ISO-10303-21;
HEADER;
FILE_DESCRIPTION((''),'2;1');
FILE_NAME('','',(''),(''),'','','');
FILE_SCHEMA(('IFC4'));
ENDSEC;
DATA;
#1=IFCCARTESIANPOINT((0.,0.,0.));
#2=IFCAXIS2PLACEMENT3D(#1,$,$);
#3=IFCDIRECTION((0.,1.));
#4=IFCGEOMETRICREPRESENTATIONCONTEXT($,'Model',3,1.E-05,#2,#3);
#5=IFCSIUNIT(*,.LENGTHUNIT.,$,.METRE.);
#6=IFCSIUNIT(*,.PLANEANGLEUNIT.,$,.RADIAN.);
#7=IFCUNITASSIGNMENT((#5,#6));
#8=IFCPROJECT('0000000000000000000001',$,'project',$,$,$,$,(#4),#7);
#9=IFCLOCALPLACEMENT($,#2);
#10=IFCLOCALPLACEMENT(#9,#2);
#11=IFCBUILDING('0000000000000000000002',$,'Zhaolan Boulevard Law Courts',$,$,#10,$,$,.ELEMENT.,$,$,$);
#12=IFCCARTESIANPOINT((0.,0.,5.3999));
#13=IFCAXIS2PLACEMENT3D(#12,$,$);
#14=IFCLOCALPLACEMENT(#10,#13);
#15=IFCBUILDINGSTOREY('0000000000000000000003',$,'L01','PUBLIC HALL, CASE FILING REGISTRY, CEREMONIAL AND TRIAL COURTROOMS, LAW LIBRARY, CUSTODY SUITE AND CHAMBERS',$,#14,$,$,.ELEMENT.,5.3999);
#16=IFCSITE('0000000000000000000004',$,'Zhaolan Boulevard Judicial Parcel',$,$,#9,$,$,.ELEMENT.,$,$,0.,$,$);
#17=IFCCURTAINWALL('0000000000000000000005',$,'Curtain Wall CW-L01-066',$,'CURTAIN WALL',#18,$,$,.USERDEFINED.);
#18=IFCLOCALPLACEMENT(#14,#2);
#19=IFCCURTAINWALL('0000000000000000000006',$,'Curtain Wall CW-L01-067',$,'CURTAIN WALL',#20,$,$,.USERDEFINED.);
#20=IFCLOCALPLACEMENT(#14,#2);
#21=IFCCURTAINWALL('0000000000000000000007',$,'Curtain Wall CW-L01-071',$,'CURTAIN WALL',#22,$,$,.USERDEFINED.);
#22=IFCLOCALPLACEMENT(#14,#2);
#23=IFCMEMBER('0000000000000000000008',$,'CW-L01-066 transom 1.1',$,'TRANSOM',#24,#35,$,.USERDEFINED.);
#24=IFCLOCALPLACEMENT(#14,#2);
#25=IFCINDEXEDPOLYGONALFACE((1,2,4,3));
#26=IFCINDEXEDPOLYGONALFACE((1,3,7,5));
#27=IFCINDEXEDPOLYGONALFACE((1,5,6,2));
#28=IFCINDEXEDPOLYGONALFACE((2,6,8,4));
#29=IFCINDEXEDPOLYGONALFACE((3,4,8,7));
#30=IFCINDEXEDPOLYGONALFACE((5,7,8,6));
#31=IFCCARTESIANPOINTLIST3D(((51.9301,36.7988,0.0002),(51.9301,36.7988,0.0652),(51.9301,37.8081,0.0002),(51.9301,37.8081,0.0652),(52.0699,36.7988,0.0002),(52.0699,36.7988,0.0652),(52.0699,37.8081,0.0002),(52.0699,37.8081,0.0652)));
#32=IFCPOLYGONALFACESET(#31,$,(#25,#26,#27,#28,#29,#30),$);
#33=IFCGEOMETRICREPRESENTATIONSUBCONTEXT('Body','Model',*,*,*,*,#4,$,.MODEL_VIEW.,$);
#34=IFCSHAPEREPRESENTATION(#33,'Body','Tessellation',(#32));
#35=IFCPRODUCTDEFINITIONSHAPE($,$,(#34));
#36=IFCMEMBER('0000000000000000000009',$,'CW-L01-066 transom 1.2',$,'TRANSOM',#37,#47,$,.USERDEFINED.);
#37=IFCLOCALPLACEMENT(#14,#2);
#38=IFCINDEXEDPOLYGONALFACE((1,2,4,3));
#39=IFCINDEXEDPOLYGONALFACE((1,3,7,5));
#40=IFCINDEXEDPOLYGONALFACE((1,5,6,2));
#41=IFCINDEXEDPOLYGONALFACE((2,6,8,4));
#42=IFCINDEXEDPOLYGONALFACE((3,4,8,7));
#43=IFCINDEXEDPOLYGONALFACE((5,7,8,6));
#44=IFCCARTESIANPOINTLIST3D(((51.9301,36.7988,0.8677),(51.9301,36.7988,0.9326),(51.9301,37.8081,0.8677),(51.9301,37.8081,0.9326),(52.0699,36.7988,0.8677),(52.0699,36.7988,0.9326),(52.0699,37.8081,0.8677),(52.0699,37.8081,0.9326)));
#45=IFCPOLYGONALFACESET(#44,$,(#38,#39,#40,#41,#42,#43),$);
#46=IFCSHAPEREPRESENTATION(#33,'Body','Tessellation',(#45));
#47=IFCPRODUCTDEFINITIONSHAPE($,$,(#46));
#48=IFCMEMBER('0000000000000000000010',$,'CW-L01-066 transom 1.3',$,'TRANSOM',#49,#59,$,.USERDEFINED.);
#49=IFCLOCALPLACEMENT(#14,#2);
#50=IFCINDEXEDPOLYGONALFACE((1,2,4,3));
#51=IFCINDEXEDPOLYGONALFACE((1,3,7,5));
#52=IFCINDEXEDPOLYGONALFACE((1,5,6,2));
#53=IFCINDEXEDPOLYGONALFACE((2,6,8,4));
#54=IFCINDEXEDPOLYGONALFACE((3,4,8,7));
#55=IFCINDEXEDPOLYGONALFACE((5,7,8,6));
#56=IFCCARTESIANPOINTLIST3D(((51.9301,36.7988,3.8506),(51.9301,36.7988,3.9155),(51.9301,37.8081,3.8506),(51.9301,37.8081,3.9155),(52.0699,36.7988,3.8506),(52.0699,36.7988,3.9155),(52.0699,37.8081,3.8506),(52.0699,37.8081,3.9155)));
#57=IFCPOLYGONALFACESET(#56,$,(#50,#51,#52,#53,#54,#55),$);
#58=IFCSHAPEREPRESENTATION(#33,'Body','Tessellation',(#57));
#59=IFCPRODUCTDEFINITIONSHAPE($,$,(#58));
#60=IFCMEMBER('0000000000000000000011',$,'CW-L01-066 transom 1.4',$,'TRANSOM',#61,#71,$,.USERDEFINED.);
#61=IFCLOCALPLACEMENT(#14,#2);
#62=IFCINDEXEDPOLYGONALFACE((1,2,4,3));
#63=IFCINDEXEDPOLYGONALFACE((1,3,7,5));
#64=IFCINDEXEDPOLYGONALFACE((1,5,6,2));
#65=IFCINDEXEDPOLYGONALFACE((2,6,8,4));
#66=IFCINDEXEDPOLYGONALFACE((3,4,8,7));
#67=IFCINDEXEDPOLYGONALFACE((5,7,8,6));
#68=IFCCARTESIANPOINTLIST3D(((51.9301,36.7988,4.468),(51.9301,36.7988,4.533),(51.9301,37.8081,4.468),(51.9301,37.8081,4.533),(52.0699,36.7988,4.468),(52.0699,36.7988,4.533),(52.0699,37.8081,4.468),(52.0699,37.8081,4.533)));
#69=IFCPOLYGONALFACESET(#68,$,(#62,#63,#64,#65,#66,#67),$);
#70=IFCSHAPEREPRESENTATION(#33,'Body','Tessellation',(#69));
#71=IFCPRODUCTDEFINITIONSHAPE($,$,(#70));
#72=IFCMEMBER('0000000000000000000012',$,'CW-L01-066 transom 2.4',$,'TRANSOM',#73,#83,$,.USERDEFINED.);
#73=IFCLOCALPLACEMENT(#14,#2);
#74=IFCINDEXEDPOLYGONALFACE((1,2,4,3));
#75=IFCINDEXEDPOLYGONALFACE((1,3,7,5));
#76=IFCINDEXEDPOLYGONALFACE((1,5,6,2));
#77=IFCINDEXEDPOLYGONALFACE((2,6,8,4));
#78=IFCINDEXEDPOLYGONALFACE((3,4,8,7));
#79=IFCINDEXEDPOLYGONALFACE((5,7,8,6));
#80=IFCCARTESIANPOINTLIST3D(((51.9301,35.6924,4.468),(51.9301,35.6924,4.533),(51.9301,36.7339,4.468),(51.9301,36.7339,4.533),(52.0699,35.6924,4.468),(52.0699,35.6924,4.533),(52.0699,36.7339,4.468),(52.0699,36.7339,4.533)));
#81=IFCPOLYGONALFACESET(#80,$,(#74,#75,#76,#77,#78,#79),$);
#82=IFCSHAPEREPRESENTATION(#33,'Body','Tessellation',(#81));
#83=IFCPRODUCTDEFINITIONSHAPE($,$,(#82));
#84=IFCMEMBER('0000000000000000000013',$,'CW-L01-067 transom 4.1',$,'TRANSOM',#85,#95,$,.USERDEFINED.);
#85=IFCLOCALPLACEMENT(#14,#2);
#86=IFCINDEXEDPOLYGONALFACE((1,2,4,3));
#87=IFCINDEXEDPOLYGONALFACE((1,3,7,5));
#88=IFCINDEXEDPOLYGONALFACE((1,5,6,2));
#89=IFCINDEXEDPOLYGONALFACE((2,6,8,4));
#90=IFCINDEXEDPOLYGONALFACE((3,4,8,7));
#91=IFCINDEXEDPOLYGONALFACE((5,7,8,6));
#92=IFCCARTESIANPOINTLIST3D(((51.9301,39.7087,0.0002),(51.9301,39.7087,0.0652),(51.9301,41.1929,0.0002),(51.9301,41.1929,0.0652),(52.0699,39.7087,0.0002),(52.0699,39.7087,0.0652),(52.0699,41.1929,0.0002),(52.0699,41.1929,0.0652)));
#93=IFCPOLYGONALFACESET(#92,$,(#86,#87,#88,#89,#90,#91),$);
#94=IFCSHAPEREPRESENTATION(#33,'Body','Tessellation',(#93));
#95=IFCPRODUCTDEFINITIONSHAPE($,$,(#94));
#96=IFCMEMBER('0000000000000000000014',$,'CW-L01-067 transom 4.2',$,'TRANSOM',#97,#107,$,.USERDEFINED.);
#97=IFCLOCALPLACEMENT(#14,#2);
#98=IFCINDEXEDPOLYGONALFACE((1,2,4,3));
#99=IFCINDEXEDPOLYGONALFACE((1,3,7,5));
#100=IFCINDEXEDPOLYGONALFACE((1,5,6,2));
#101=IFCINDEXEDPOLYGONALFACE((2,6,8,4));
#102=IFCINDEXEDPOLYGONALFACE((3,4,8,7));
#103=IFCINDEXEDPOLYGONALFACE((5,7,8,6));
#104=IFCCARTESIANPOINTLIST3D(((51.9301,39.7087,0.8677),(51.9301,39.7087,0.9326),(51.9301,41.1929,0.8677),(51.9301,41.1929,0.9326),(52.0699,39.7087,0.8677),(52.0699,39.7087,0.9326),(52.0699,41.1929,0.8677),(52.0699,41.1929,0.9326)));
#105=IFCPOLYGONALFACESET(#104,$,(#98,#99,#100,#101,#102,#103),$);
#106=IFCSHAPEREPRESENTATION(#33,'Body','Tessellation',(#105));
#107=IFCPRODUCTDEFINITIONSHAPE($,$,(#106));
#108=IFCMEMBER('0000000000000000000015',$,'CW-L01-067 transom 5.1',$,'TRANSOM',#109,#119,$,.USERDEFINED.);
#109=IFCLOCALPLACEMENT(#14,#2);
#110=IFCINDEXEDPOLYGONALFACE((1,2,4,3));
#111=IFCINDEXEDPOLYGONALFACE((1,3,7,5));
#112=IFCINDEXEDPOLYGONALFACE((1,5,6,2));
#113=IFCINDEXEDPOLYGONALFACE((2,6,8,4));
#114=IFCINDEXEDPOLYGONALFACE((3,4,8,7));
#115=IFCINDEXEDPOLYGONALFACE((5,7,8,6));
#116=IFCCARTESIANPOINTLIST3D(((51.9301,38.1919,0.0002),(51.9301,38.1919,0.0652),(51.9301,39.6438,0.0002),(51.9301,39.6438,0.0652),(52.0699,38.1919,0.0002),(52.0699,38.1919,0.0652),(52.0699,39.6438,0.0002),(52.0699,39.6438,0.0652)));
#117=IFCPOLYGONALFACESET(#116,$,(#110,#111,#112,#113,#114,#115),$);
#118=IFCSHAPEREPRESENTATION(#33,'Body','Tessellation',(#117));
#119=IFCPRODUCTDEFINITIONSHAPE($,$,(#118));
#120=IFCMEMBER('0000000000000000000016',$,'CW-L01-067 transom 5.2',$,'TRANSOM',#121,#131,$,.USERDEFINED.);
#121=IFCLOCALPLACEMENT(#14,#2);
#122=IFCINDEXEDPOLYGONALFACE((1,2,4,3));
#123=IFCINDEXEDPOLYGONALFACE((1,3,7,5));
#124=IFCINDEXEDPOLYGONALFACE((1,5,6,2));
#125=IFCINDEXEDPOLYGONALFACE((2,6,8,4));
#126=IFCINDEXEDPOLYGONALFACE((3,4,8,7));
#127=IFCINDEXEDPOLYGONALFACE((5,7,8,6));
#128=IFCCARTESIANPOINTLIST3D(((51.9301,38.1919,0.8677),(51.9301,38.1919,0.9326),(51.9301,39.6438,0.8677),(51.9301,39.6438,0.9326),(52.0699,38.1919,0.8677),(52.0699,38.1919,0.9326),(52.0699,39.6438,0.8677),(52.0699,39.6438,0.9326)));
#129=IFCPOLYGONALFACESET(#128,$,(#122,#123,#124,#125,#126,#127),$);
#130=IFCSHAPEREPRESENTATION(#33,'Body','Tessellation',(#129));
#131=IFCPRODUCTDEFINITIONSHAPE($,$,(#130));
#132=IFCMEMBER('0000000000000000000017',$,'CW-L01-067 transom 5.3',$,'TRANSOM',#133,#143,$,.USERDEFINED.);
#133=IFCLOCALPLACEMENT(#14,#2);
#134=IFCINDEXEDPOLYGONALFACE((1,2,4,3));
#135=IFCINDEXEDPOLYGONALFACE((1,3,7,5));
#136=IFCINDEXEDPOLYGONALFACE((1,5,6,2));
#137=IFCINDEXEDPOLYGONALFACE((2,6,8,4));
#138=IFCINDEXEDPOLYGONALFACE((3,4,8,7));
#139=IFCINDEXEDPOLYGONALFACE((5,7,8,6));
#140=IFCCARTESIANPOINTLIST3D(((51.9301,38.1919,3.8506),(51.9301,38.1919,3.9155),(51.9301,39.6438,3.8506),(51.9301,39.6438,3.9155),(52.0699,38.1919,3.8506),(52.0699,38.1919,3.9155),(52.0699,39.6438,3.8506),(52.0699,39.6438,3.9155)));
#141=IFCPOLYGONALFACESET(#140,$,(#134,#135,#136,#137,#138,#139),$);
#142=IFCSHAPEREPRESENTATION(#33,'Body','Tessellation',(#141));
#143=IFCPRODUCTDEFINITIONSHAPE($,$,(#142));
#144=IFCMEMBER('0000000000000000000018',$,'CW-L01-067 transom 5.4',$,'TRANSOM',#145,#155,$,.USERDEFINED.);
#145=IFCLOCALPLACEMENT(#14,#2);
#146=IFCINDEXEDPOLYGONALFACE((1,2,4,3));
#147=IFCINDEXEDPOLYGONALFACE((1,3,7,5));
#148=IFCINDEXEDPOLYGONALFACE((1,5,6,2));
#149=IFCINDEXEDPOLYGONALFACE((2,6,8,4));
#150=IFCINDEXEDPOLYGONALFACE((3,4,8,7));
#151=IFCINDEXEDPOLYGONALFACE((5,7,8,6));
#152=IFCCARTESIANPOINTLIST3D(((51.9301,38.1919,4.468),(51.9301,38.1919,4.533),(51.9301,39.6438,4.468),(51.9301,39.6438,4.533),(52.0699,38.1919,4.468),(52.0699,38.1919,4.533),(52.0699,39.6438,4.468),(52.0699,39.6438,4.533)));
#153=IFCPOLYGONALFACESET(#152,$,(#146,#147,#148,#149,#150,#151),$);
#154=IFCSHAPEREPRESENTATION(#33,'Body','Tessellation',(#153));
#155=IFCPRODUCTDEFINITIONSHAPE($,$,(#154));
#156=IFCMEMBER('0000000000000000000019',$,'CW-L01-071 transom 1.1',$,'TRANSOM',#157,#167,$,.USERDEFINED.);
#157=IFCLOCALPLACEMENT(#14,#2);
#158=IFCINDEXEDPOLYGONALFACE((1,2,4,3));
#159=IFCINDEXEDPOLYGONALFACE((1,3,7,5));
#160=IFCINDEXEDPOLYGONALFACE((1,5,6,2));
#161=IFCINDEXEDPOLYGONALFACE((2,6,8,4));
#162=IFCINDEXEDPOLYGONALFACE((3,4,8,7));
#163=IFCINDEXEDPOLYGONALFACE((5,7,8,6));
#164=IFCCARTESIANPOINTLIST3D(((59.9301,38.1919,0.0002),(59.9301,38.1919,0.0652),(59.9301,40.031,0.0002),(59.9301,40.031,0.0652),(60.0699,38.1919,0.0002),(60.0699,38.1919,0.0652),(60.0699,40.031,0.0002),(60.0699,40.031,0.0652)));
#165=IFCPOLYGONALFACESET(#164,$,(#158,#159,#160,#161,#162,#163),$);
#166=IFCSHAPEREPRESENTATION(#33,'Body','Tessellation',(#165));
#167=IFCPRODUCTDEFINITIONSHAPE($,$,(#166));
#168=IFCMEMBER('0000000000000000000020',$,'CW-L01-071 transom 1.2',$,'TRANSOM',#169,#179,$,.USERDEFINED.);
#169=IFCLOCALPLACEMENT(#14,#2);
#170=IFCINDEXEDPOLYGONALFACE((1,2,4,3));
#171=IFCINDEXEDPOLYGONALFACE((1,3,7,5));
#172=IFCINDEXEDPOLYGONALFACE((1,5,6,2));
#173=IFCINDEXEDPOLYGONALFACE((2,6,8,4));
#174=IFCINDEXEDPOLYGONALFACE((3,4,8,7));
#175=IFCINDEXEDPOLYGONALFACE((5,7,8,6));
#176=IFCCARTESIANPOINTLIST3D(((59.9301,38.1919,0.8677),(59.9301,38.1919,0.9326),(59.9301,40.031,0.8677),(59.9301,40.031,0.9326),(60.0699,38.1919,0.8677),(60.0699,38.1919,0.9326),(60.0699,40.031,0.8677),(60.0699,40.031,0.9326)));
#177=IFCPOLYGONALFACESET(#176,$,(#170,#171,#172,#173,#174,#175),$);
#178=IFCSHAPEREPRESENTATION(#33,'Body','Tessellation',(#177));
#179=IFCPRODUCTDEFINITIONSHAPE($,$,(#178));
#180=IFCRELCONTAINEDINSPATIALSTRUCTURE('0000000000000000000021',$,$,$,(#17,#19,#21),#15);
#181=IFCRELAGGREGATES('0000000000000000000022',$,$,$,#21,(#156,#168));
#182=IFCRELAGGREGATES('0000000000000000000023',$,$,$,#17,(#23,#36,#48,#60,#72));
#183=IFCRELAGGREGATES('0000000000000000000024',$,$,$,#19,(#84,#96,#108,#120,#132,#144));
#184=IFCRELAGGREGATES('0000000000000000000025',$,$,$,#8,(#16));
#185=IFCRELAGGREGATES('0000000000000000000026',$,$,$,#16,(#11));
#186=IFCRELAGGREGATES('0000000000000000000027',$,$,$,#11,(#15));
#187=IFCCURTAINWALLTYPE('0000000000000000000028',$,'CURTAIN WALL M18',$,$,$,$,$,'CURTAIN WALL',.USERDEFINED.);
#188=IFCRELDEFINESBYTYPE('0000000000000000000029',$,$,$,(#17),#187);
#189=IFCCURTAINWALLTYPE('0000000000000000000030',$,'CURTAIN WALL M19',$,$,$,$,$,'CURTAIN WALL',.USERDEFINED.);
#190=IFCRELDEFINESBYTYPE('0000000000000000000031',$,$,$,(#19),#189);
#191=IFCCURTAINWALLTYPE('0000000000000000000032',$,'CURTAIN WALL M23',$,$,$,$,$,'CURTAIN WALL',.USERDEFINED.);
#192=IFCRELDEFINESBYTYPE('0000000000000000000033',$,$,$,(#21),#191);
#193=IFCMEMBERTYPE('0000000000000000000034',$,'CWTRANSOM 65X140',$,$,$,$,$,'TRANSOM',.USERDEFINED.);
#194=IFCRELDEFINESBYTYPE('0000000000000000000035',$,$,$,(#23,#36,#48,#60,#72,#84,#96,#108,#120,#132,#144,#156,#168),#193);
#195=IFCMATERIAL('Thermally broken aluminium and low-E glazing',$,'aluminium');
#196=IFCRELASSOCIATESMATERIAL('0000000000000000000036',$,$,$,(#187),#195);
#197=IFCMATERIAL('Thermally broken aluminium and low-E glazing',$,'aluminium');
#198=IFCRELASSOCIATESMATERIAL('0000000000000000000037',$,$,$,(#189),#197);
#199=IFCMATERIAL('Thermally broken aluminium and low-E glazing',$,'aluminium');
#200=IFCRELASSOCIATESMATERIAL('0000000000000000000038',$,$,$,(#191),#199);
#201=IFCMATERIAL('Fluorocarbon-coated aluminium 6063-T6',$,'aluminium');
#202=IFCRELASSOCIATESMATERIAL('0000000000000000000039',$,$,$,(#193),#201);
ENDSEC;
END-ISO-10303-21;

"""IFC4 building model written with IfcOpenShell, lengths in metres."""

from ifc_helpers import new_model, si_unit, direction, frame, origin, origin_2d, place, context, subcontext, project, spatial, rectangle, extrude, material, material_profile, profile_set, type_object, element, aggregate, save


model = new_model("IFC4")

# Units and contexts
model_context = context("Model", 3, precision=1e-05, world=origin(), true_north=direction((0.0, 1.0)))
body_context = subcontext(model_context, "Body", "Model", "MODEL_VIEW")
ifc_project = project(units=[si_unit("LENGTHUNIT", "METRE"), si_unit("PLANEANGLEUNIT", "RADIAN")], contexts=[model_context])

# Site, building, storey
site_placement = place(None, origin())
site = spatial("IfcSite", under=ifc_project, at=site_placement, Name="Zhaolan Boulevard Judicial Parcel", CompositionType="ELEMENT", RefElevation=0.0)
building_placement = place(site_placement, origin())
building = spatial("IfcBuilding", under=site, at=building_placement, Name="Zhaolan Boulevard Law Courts", CompositionType="ELEMENT")
storey_placement = place(building_placement, frame((0.0, 0.0, 5.3999)))
storey = spatial("IfcBuildingStorey", under=building, at=storey_placement, Name="L01", Description="PUBLIC HALL, CASE FILING REGISTRY, CEREMONIAL AND TRIAL COURTROOMS, LAW LIBRARY, CUSTODY SUITE AND CHAMBERS", CompositionType="ELEMENT", Elevation=5.3999)

# Curtain walls
ifc_material_1 = material(Name="Thermally broken aluminium and low-E glazing", Category="aluminium")
curtain_wall_type_1 = type_object("IfcCurtainWallType", Name="CURTAIN WALL M18", ElementType="CURTAIN WALL", PredefinedType="USERDEFINED", material=ifc_material_1)
curtain_wall_1_placement = place(storey_placement, origin())
curtain_wall_1 = element("IfcCurtainWall", 1, at=curtain_wall_1_placement, inside=storey, type_object=curtain_wall_type_1, Name="Curtain Wall CW-L01-066", ObjectType="CURTAIN WALL", PredefinedType="USERDEFINED")
ifc_material_2 = material(Name="Thermally broken aluminium and low-E glazing", Category="aluminium")
curtain_wall_type_2 = type_object("IfcCurtainWallType", Name="CURTAIN WALL M19", ElementType="CURTAIN WALL", PredefinedType="USERDEFINED", material=ifc_material_2)
curtain_wall_2_placement = place(storey_placement, origin())
curtain_wall_2 = element("IfcCurtainWall", 2, at=curtain_wall_2_placement, inside=storey, type_object=curtain_wall_type_2, Name="Curtain Wall CW-L01-067", ObjectType="CURTAIN WALL", PredefinedType="USERDEFINED")

# Curtain wall
ifc_material_3 = material(Name="Thermally broken aluminium and low-E glazing", Category="aluminium")
curtain_wall_type_3 = type_object("IfcCurtainWallType", Name="CURTAIN WALL M23", ElementType="CURTAIN WALL", PredefinedType="USERDEFINED", material=ifc_material_3)
curtain_wall_3_placement = place(storey_placement, origin())
curtain_wall_3 = element("IfcCurtainWall", 3, at=curtain_wall_3_placement, inside=storey, type_object=curtain_wall_type_3, Name="Curtain Wall CW-L01-071", ObjectType="CURTAIN WALL", PredefinedType="USERDEFINED")

# Members
ifc_material_4 = material(Name="Fluorocarbon-coated aluminium 6063-T6", Category="aluminium")
ifc_material_profile_1 = material_profile(ifc_material_4, rectangle(XDim=0.1399, YDim=0.0649, at=origin_2d()), Name="AL65x140")
ifc_profile_set_1 = profile_set([ifc_material_profile_1], Name="Fluorocarbon-coated aluminium 6063-T6")
member_type_1 = type_object("IfcMemberType", Name="CWTRANSOM 65X140", ElementType="TRANSOM", PredefinedType="USERDEFINED", material=ifc_profile_set_1)
member_1_placement = place(storey_placement, frame((52.0, 37.8081, 0.0327), z_axis=(0.0, -1.0, 0.0), x_axis=(1.0, 0.0, 0.0)))
member_1 = element("IfcMember", 4, at=member_1_placement, type_object=member_type_1, Name="CW-L01-066 transom 1.1", ObjectType="TRANSOM", PredefinedType="USERDEFINED", context=body_context, shape_type="SweptSolid", body=[
    extrude(rectangle(XDim=0.1399, YDim=0.0649, at=origin_2d()), origin(), (0.0, 0.0, 1.0), 1.0093),
])
member_2_placement = place(storey_placement, frame((52.0, 37.8081, 0.9001), z_axis=(0.0, -1.0, 0.0), x_axis=(1.0, 0.0, 0.0)))
member_2 = element("IfcMember", 5, at=member_2_placement, type_object=member_type_1, Name="CW-L01-066 transom 1.2", ObjectType="TRANSOM", PredefinedType="USERDEFINED", context=body_context, shape_type="SweptSolid", body=[
    extrude(rectangle(XDim=0.1399, YDim=0.0649, at=origin_2d()), origin(), (0.0, 0.0, 1.0), 1.0093),
])
member_3_placement = place(storey_placement, frame((52.0, 37.8081, 3.8831), z_axis=(0.0, -1.0, 0.0), x_axis=(1.0, 0.0, 0.0)))
member_3 = element("IfcMember", 6, at=member_3_placement, type_object=member_type_1, Name="CW-L01-066 transom 1.3", ObjectType="TRANSOM", PredefinedType="USERDEFINED", context=body_context, shape_type="SweptSolid", body=[
    extrude(rectangle(XDim=0.1399, YDim=0.0649, at=origin_2d()), origin(), (0.0, 0.0, 1.0), 1.0093),
])
member_4_placement = place(storey_placement, frame((52.0, 37.8081, 4.5005), z_axis=(0.0, -1.0, 0.0), x_axis=(1.0, 0.0, 0.0)))
member_4 = element("IfcMember", 7, at=member_4_placement, type_object=member_type_1, Name="CW-L01-066 transom 1.4", ObjectType="TRANSOM", PredefinedType="USERDEFINED", context=body_context, shape_type="SweptSolid", body=[
    extrude(rectangle(XDim=0.1399, YDim=0.0649, at=origin_2d()), origin(), (0.0, 0.0, 1.0), 1.0093),
])
member_5_placement = place(storey_placement, frame((52.0, 36.7339, 4.5005), z_axis=(0.0, -1.0, 0.0), x_axis=(1.0, 0.0, 0.0)))
member_5 = element("IfcMember", 8, at=member_5_placement, type_object=member_type_1, Name="CW-L01-066 transom 2.4", ObjectType="TRANSOM", PredefinedType="USERDEFINED", context=body_context, shape_type="SweptSolid", body=[
    extrude(rectangle(XDim=0.1399, YDim=0.0649, at=origin_2d()), origin(), (0.0, 0.0, 1.0), 1.0415),
])
member_6_placement = place(storey_placement, frame((52.0, 41.1929, 0.0327), z_axis=(0.0, -1.0, 0.0), x_axis=(1.0, 0.0, 0.0)))
member_6 = element("IfcMember", 9, at=member_6_placement, type_object=member_type_1, Name="CW-L01-067 transom 4.1", ObjectType="TRANSOM", PredefinedType="USERDEFINED", context=body_context, shape_type="SweptSolid", body=[
    extrude(rectangle(XDim=0.1399, YDim=0.0649, at=origin_2d()), origin(), (0.0, 0.0, 1.0), 1.4841),
])
member_7_placement = place(storey_placement, frame((52.0, 41.1929, 0.9001), z_axis=(0.0, -1.0, 0.0), x_axis=(1.0, 0.0, 0.0)))
member_7 = element("IfcMember", 10, at=member_7_placement, type_object=member_type_1, Name="CW-L01-067 transom 4.2", ObjectType="TRANSOM", PredefinedType="USERDEFINED", context=body_context, shape_type="SweptSolid", body=[
    extrude(rectangle(XDim=0.1399, YDim=0.0649, at=origin_2d()), origin(), (0.0, 0.0, 1.0), 1.4841),
])
member_8_placement = place(storey_placement, frame((52.0, 39.6438, 0.0327), z_axis=(0.0, -1.0, 0.0), x_axis=(1.0, 0.0, 0.0)))
member_8 = element("IfcMember", 11, at=member_8_placement, type_object=member_type_1, Name="CW-L01-067 transom 5.1", ObjectType="TRANSOM", PredefinedType="USERDEFINED", context=body_context, shape_type="SweptSolid", body=[
    extrude(rectangle(XDim=0.1399, YDim=0.0649, at=origin_2d()), origin(), (0.0, 0.0, 1.0), 1.4519),
])
member_9_placement = place(storey_placement, frame((52.0, 39.6438, 0.9001), z_axis=(0.0, -1.0, 0.0), x_axis=(1.0, 0.0, 0.0)))
member_9 = element("IfcMember", 12, at=member_9_placement, type_object=member_type_1, Name="CW-L01-067 transom 5.2", ObjectType="TRANSOM", PredefinedType="USERDEFINED", context=body_context, shape_type="SweptSolid", body=[
    extrude(rectangle(XDim=0.1399, YDim=0.0649, at=origin_2d()), origin(), (0.0, 0.0, 1.0), 1.4519),
])
member_10_placement = place(storey_placement, frame((52.0, 39.6438, 3.8831), z_axis=(0.0, -1.0, 0.0), x_axis=(1.0, 0.0, 0.0)))
member_10 = element("IfcMember", 13, at=member_10_placement, type_object=member_type_1, Name="CW-L01-067 transom 5.3", ObjectType="TRANSOM", PredefinedType="USERDEFINED", context=body_context, shape_type="SweptSolid", body=[
    extrude(rectangle(XDim=0.1399, YDim=0.0649, at=origin_2d()), origin(), (0.0, 0.0, 1.0), 1.4519),
])
member_11_placement = place(storey_placement, frame((52.0, 39.6438, 4.5005), z_axis=(0.0, -1.0, 0.0), x_axis=(1.0, 0.0, 0.0)))
member_11 = element("IfcMember", 14, at=member_11_placement, type_object=member_type_1, Name="CW-L01-067 transom 5.4", ObjectType="TRANSOM", PredefinedType="USERDEFINED", context=body_context, shape_type="SweptSolid", body=[
    extrude(rectangle(XDim=0.1399, YDim=0.0649, at=origin_2d()), origin(), (0.0, 0.0, 1.0), 1.4519),
])
member_12_placement = place(storey_placement, frame((60.0, 38.1919, 0.0327), z_axis=(0.0, 1.0, 0.0), x_axis=(-1.0, 0.0, 0.0)))
member_12 = element("IfcMember", 15, at=member_12_placement, type_object=member_type_1, Name="CW-L01-071 transom 1.1", ObjectType="TRANSOM", PredefinedType="USERDEFINED", context=body_context, shape_type="SweptSolid", body=[
    extrude(rectangle(XDim=0.1399, YDim=0.0649, at=origin_2d()), origin(), (0.0, 0.0, 1.0), 1.8391),
])
member_13_placement = place(storey_placement, frame((60.0, 38.1919, 0.9001), z_axis=(0.0, 1.0, 0.0), x_axis=(-1.0, 0.0, 0.0)))
member_13 = element("IfcMember", 16, at=member_13_placement, type_object=member_type_1, Name="CW-L01-071 transom 1.2", ObjectType="TRANSOM", PredefinedType="USERDEFINED", context=body_context, shape_type="SweptSolid", body=[
    extrude(rectangle(XDim=0.1399, YDim=0.0649, at=origin_2d()), origin(), (0.0, 0.0, 1.0), 1.8391),
])
aggregate(curtain_wall_3, [member_12, member_13])

aggregate(curtain_wall_1, [member_1, member_2, member_3, member_4, member_5])
aggregate(curtain_wall_2, [member_6, member_7, member_8, member_9, member_10, member_11])

save(model, "model.ifc")
